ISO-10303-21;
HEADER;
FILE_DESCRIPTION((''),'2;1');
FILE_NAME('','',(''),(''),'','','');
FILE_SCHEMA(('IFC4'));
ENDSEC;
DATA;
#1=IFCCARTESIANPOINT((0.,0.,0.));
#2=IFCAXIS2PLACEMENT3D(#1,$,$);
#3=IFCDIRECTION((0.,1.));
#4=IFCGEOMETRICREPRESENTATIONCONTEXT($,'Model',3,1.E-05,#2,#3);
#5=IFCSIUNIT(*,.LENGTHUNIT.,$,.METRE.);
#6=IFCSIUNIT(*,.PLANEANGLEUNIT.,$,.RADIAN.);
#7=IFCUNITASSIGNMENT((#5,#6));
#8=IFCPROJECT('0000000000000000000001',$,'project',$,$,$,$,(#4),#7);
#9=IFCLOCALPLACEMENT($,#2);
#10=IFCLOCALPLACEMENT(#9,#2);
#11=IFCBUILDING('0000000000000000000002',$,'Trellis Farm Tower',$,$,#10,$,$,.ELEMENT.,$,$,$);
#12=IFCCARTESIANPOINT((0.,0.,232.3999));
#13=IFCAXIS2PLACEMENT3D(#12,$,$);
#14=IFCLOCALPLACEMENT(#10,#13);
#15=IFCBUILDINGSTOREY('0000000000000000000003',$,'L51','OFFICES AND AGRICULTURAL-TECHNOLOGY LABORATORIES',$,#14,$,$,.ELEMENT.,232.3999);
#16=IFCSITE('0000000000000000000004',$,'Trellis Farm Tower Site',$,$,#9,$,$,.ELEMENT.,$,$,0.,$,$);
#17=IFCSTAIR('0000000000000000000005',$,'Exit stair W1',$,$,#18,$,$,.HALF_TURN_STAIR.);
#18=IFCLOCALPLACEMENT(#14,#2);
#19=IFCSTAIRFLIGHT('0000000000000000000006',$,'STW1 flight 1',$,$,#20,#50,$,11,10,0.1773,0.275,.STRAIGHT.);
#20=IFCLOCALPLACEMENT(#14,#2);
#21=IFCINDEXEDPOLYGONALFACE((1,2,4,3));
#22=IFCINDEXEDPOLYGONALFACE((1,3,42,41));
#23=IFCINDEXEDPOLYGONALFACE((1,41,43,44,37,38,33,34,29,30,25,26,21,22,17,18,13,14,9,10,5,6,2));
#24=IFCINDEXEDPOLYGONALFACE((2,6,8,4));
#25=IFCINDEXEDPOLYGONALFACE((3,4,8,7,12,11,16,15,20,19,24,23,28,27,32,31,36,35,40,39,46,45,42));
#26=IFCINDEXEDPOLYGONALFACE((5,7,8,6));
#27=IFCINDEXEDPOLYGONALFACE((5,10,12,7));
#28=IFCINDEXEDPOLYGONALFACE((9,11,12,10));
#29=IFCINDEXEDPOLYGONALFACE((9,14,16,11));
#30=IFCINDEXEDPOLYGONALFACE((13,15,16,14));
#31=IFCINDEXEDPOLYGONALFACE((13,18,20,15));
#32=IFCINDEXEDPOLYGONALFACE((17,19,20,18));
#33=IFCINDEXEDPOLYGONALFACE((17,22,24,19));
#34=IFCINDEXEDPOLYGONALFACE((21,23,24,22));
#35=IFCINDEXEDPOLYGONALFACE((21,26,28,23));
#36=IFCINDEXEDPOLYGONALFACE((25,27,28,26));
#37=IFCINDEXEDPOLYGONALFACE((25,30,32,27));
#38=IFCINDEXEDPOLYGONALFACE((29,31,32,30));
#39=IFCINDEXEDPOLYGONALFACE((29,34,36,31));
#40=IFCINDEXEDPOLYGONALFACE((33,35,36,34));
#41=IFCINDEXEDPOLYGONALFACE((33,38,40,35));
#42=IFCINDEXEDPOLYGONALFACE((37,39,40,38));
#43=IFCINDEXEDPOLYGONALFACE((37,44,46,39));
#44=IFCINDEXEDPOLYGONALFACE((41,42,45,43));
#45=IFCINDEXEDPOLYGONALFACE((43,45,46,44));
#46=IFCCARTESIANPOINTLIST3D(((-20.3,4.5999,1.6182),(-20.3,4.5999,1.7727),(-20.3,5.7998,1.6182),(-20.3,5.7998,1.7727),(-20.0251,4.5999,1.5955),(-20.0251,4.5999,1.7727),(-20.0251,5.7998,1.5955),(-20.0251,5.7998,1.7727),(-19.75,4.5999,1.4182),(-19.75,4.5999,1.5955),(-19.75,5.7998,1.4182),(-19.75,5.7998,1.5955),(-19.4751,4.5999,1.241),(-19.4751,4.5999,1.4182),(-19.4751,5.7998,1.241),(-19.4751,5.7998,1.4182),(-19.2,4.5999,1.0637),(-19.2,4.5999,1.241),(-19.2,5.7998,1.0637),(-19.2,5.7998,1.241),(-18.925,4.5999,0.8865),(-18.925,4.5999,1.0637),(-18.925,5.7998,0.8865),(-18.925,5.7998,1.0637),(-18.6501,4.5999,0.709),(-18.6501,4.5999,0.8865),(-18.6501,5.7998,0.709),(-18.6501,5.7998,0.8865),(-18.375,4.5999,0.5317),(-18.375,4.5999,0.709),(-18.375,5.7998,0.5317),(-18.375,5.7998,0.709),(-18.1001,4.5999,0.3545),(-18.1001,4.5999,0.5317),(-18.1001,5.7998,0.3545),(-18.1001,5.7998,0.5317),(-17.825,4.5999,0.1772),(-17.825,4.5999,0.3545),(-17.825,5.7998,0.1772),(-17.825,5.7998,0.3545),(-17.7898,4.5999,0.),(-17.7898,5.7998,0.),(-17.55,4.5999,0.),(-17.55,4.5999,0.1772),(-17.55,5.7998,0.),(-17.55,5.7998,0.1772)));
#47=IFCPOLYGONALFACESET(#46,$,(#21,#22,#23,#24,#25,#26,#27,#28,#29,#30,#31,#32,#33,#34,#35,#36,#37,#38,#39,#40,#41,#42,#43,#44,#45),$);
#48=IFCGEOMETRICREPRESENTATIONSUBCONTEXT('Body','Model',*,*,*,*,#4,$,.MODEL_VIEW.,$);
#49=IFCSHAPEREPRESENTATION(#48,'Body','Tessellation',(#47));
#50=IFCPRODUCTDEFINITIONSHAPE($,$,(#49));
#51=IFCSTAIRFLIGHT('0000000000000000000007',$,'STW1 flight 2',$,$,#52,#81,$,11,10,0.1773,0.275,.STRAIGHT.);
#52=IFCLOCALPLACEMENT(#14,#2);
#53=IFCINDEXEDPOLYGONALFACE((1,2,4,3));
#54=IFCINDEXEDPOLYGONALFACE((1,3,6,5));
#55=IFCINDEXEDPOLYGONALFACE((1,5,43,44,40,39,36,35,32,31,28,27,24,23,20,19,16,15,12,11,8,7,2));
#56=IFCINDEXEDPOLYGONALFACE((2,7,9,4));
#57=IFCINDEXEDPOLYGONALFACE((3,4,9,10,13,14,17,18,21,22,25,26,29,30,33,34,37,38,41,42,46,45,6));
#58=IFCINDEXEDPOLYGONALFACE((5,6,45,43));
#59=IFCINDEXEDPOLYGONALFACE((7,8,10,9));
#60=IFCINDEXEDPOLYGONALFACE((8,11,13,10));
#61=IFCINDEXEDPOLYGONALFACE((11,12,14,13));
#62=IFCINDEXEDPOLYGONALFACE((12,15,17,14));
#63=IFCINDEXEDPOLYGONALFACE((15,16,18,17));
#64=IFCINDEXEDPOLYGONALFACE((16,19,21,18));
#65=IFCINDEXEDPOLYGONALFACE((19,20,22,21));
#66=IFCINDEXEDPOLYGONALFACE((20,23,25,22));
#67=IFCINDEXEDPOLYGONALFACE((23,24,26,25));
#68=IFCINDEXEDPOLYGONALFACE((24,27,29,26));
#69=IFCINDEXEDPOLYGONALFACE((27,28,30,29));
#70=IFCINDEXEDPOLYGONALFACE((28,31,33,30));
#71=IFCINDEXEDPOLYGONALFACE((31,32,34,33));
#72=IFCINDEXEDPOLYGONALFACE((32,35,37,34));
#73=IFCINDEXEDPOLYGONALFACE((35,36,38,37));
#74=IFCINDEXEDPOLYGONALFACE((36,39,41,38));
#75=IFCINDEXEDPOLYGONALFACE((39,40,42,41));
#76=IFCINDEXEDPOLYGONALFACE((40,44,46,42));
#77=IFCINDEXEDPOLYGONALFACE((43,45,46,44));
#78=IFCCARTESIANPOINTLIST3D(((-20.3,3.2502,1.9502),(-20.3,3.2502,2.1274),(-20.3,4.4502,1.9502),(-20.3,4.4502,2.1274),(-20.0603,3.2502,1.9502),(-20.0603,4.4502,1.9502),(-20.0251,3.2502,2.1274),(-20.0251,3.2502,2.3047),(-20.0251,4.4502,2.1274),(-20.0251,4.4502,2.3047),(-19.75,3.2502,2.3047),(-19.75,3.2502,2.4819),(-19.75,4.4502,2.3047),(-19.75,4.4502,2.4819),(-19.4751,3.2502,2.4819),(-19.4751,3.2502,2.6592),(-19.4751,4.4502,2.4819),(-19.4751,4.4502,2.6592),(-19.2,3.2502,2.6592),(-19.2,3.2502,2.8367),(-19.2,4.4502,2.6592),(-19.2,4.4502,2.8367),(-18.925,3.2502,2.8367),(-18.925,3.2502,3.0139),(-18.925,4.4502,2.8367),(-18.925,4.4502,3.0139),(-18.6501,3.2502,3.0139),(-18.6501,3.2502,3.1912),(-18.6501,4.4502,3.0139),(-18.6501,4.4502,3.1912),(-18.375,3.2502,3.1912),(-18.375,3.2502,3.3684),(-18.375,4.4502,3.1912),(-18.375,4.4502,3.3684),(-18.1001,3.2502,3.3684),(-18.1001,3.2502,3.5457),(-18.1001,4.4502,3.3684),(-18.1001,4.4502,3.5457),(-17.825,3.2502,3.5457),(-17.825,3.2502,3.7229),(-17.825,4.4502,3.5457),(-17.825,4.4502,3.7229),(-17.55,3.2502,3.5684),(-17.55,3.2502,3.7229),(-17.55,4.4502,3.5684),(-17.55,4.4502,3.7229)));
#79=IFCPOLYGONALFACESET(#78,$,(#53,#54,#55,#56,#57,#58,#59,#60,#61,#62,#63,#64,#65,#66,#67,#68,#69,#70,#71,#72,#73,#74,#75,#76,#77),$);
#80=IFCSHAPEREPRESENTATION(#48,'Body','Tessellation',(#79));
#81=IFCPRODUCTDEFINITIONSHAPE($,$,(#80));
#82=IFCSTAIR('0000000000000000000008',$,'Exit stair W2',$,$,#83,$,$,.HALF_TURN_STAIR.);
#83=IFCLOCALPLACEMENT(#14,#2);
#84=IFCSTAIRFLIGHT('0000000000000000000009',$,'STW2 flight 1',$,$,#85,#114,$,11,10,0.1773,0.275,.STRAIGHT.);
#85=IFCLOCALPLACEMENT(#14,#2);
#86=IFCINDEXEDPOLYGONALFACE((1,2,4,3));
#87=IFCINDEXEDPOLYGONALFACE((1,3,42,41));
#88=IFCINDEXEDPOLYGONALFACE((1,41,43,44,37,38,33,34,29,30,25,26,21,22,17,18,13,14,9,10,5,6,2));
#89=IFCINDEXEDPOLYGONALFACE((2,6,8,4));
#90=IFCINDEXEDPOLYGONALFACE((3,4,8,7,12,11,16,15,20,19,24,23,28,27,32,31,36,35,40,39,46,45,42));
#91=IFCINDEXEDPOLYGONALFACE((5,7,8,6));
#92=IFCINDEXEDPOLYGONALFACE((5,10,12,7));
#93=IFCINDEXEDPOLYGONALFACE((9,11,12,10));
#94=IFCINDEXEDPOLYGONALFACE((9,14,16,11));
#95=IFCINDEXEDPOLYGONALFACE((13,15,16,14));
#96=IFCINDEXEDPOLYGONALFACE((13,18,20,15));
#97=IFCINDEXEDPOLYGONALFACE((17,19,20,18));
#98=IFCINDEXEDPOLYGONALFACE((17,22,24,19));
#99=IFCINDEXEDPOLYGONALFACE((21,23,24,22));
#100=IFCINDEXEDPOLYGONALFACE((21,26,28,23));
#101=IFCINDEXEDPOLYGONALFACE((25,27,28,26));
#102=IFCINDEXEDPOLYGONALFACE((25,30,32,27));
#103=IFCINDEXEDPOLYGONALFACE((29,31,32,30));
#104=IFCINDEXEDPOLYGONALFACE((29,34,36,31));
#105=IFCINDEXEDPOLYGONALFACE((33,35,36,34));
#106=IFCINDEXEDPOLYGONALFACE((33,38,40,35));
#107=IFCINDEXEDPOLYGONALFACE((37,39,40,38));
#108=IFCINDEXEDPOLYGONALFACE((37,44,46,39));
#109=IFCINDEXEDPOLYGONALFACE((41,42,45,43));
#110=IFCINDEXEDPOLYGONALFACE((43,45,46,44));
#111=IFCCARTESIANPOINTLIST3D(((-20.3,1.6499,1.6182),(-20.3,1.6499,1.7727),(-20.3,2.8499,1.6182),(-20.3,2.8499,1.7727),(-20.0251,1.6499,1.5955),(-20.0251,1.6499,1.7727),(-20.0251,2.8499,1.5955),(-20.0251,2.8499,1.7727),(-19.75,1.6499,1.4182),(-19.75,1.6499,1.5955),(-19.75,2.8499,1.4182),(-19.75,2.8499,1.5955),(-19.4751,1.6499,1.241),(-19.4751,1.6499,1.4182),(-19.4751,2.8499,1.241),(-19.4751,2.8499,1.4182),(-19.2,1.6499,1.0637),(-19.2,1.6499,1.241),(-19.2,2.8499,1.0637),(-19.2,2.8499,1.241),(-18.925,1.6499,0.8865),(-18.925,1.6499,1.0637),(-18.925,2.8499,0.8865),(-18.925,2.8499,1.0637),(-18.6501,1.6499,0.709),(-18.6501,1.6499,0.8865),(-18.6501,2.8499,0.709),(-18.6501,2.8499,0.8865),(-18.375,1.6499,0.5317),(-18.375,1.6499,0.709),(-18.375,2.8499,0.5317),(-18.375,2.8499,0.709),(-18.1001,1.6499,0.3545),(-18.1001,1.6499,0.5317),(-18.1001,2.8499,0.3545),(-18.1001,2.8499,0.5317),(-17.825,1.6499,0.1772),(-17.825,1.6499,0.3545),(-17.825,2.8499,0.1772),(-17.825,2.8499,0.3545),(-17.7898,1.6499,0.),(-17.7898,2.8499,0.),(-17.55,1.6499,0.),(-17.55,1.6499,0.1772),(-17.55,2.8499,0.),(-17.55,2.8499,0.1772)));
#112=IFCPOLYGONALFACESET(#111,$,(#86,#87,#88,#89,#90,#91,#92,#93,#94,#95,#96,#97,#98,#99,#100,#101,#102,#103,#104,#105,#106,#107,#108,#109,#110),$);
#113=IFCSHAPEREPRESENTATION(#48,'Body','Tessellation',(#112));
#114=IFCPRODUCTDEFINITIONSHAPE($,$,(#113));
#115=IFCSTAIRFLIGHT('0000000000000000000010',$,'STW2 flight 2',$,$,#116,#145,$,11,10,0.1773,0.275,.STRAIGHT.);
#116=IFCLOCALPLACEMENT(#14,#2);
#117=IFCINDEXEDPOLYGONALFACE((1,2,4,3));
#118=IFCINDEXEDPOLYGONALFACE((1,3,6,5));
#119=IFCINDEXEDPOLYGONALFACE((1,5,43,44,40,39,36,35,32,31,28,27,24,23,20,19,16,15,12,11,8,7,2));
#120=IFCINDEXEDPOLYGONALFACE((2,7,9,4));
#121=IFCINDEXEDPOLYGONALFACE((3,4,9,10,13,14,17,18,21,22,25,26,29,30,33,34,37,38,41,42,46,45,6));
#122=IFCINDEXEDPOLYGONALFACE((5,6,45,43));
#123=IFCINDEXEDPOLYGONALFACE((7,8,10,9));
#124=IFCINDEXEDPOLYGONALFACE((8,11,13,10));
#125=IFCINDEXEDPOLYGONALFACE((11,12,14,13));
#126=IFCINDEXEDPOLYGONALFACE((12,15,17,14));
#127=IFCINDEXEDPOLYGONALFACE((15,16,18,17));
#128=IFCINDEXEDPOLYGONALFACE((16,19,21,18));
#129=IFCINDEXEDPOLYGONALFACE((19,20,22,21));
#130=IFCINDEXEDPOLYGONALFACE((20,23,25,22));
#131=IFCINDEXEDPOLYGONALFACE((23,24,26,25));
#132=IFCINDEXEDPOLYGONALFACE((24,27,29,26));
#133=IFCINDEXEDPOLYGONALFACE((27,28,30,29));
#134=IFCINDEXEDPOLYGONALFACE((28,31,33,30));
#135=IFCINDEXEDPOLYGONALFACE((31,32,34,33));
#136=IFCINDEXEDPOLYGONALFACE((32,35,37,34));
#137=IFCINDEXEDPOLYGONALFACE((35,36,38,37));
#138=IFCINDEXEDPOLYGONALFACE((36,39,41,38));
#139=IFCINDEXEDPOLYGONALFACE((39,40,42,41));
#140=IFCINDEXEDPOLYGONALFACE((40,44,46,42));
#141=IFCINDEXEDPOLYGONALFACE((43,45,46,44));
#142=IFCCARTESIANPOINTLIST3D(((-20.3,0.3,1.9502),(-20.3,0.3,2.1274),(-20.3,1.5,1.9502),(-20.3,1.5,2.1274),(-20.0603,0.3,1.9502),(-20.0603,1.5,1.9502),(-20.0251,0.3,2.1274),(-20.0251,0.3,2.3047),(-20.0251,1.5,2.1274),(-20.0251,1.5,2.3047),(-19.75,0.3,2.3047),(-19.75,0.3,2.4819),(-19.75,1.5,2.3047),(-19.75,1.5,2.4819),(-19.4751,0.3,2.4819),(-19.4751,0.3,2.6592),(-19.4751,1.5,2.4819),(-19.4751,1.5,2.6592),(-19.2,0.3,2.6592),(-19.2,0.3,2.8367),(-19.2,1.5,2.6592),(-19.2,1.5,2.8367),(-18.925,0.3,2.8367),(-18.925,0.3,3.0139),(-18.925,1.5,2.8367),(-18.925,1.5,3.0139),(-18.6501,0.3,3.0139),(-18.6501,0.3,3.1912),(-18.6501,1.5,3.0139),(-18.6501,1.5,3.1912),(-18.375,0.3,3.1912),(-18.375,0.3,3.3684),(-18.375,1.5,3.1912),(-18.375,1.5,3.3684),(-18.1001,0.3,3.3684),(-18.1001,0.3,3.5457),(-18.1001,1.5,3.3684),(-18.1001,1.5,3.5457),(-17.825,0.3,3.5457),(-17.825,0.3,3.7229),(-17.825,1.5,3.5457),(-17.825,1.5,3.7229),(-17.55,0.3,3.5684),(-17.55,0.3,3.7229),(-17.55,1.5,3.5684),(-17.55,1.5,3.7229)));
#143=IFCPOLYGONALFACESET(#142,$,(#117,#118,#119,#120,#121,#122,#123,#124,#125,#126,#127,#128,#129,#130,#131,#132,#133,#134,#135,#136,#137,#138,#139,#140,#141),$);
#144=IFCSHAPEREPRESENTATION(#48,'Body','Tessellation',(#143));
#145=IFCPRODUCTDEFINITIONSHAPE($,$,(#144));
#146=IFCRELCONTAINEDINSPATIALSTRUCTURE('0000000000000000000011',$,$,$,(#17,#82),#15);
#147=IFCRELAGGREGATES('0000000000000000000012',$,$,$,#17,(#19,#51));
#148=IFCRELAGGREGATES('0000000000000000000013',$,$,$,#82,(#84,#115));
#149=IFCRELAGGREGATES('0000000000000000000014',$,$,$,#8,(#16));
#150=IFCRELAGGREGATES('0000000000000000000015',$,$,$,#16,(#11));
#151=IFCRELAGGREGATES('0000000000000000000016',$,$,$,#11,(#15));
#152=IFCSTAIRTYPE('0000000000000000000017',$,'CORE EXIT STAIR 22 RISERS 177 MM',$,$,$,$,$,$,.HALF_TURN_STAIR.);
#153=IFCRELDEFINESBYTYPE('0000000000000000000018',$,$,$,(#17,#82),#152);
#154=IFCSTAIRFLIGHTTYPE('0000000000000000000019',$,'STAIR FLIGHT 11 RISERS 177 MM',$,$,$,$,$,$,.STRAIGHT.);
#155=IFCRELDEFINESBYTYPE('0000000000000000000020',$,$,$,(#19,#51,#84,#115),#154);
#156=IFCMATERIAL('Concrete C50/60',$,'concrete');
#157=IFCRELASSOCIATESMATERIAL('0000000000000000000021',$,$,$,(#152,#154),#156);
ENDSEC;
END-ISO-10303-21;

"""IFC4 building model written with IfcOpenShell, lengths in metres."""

from ifc_helpers import new_model, si_unit, direction, frame, origin, place, context, subcontext, project, spatial, polyline, outline, extrude, source, transform, mapped, material, type_object, element, aggregate, save


model = new_model("IFC4")

# Units and contexts
model_context = context("Model", 3, precision=1e-05, world=origin(), true_north=direction((0.0, 1.0)))
body_context = subcontext(model_context, "Body", "Model", "MODEL_VIEW")
ifc_project = project(units=[si_unit("LENGTHUNIT", "METRE"), si_unit("PLANEANGLEUNIT", "RADIAN")], contexts=[model_context])

# Site, building, storey
site_placement = place(None, origin())
site = spatial("IfcSite", under=ifc_project, at=site_placement, Name="Trellis Farm Tower Site", CompositionType="ELEMENT", RefElevation=0.0)
building_placement = place(site_placement, origin())
building = spatial("IfcBuilding", under=site, at=building_placement, Name="Trellis Farm Tower", CompositionType="ELEMENT")
storey_placement = place(building_placement, frame((0.0, 0.0, 232.3999)))
storey = spatial("IfcBuildingStorey", under=building, at=storey_placement, Name="L51", Description="OFFICES AND AGRICULTURAL-TECHNOLOGY LABORATORIES", CompositionType="ELEMENT", Elevation=232.3999)

# Shared definitions
placement = place(storey_placement, origin())

# Stairs, stair flights
ifc_material_1 = material(Name="Concrete C50/60", Category="concrete")
stair_type = type_object("IfcStairType", Name="CORE EXIT STAIR 22 RISERS 177 MM", PredefinedType="HALF_TURN_STAIR", material=ifc_material_1)
stair_1 = element("IfcStair", 1, at=placement, inside=storey, type_object=stair_type, Name="Exit stair W1", PredefinedType="HALF_TURN_STAIR")
stair_flight_type = type_object("IfcStairFlightType", Name="STAIR FLIGHT 11 RISERS 177 MM", PredefinedType="STRAIGHT", material=ifc_material_1)
shared_shape_1 = source(origin(), body_context, "Body", "SweptSolid", [
    extrude(outline(polyline([(0.0, 0.0), (0.0, 0.1772), (0.2749, 0.1772), (0.2749, 0.3545), (0.55, 0.3545), (0.55, 0.5317), (0.825, 0.5317), (0.825, 0.709), (1.1001, 0.709), (1.1001, 0.8865), (1.375, 0.8865), (1.375, 1.0637), (1.6499, 1.0637), (1.6499, 1.241), (1.925, 1.241), (1.925, 1.4182), (2.2, 1.4182), (2.2, 1.5955), (2.4751, 1.5955), (2.4751, 1.7727), (2.75, 1.7727), (2.75, 1.95), (2.75, 1.6182), (0.2397, 0.0), (0.0, 0.0)])), frame((0.0, 0.6001, 0.0), z_axis=(0.0, -1.0, 0.0), x_axis=(1.0, 0.0, 0.0)), (0.0, 0.0, 1.0), 1.2),
])
stair_flight_1_placement = place(storey_placement, frame((-17.55, 5.2, 0.0), z_axis=(0.0, 0.0, 1.0), x_axis=(-1.0, 0.0, 0.0)))
stair_flight_1 = element("IfcStairFlight", 2, at=stair_flight_1_placement, type_object=stair_flight_type, Name="STW1 flight 1", NumberOfRisers=11, NumberOfTreads=10, PredefinedType="STRAIGHT", RiserHeight=0.1773, TreadLength=0.275, context=body_context, shape_type="MappedRepresentation", body=[
    mapped(shared_shape_1, transform((0.0, 0.0, 0.0))),
])
stair_flight_2_placement = place(storey_placement, frame((-20.3, 3.8501, 1.9502), z_axis=(0.0, 0.0, 1.0), x_axis=(1.0, 0.0, 0.0)))
stair_flight_2 = element("IfcStairFlight", 3, at=stair_flight_2_placement, type_object=stair_flight_type, Name="STW1 flight 2", NumberOfRisers=11, NumberOfTreads=10, PredefinedType="STRAIGHT", RiserHeight=0.1773, TreadLength=0.275, context=body_context, shape_type="MappedRepresentation", body=[
    mapped(shared_shape_1, transform((0.0, 0.0, 0.0))),
])
aggregate(stair_1, [stair_flight_1, stair_flight_2])
stair_2 = element("IfcStair", 4, at=placement, inside=storey, type_object=stair_type, Name="Exit stair W2", PredefinedType="HALF_TURN_STAIR")
stair_flight_3_placement = place(storey_placement, frame((-17.55, 2.25, 0.0), z_axis=(0.0, 0.0, 1.0), x_axis=(-1.0, 0.0, 0.0)))
stair_flight_3 = element("IfcStairFlight", 5, at=stair_flight_3_placement, type_object=stair_flight_type, Name="STW2 flight 1", NumberOfRisers=11, NumberOfTreads=10, PredefinedType="STRAIGHT", RiserHeight=0.1773, TreadLength=0.275, context=body_context, shape_type="MappedRepresentation", body=[
    mapped(shared_shape_1, transform((0.0, 0.0, 0.0))),
])
stair_flight_4_placement = place(storey_placement, frame((-20.3, 0.8999, 1.9502), z_axis=(0.0, 0.0, 1.0), x_axis=(1.0, 0.0, 0.0)))
stair_flight_4 = element("IfcStairFlight", 6, at=stair_flight_4_placement, type_object=stair_flight_type, Name="STW2 flight 2", NumberOfRisers=11, NumberOfTreads=10, PredefinedType="STRAIGHT", RiserHeight=0.1773, TreadLength=0.275, context=body_context, shape_type="MappedRepresentation", body=[
    mapped(shared_shape_1, transform((0.0, 0.0, 0.0))),
])
aggregate(stair_2, [stair_flight_3, stair_flight_4])

save(model, "model.ifc")
